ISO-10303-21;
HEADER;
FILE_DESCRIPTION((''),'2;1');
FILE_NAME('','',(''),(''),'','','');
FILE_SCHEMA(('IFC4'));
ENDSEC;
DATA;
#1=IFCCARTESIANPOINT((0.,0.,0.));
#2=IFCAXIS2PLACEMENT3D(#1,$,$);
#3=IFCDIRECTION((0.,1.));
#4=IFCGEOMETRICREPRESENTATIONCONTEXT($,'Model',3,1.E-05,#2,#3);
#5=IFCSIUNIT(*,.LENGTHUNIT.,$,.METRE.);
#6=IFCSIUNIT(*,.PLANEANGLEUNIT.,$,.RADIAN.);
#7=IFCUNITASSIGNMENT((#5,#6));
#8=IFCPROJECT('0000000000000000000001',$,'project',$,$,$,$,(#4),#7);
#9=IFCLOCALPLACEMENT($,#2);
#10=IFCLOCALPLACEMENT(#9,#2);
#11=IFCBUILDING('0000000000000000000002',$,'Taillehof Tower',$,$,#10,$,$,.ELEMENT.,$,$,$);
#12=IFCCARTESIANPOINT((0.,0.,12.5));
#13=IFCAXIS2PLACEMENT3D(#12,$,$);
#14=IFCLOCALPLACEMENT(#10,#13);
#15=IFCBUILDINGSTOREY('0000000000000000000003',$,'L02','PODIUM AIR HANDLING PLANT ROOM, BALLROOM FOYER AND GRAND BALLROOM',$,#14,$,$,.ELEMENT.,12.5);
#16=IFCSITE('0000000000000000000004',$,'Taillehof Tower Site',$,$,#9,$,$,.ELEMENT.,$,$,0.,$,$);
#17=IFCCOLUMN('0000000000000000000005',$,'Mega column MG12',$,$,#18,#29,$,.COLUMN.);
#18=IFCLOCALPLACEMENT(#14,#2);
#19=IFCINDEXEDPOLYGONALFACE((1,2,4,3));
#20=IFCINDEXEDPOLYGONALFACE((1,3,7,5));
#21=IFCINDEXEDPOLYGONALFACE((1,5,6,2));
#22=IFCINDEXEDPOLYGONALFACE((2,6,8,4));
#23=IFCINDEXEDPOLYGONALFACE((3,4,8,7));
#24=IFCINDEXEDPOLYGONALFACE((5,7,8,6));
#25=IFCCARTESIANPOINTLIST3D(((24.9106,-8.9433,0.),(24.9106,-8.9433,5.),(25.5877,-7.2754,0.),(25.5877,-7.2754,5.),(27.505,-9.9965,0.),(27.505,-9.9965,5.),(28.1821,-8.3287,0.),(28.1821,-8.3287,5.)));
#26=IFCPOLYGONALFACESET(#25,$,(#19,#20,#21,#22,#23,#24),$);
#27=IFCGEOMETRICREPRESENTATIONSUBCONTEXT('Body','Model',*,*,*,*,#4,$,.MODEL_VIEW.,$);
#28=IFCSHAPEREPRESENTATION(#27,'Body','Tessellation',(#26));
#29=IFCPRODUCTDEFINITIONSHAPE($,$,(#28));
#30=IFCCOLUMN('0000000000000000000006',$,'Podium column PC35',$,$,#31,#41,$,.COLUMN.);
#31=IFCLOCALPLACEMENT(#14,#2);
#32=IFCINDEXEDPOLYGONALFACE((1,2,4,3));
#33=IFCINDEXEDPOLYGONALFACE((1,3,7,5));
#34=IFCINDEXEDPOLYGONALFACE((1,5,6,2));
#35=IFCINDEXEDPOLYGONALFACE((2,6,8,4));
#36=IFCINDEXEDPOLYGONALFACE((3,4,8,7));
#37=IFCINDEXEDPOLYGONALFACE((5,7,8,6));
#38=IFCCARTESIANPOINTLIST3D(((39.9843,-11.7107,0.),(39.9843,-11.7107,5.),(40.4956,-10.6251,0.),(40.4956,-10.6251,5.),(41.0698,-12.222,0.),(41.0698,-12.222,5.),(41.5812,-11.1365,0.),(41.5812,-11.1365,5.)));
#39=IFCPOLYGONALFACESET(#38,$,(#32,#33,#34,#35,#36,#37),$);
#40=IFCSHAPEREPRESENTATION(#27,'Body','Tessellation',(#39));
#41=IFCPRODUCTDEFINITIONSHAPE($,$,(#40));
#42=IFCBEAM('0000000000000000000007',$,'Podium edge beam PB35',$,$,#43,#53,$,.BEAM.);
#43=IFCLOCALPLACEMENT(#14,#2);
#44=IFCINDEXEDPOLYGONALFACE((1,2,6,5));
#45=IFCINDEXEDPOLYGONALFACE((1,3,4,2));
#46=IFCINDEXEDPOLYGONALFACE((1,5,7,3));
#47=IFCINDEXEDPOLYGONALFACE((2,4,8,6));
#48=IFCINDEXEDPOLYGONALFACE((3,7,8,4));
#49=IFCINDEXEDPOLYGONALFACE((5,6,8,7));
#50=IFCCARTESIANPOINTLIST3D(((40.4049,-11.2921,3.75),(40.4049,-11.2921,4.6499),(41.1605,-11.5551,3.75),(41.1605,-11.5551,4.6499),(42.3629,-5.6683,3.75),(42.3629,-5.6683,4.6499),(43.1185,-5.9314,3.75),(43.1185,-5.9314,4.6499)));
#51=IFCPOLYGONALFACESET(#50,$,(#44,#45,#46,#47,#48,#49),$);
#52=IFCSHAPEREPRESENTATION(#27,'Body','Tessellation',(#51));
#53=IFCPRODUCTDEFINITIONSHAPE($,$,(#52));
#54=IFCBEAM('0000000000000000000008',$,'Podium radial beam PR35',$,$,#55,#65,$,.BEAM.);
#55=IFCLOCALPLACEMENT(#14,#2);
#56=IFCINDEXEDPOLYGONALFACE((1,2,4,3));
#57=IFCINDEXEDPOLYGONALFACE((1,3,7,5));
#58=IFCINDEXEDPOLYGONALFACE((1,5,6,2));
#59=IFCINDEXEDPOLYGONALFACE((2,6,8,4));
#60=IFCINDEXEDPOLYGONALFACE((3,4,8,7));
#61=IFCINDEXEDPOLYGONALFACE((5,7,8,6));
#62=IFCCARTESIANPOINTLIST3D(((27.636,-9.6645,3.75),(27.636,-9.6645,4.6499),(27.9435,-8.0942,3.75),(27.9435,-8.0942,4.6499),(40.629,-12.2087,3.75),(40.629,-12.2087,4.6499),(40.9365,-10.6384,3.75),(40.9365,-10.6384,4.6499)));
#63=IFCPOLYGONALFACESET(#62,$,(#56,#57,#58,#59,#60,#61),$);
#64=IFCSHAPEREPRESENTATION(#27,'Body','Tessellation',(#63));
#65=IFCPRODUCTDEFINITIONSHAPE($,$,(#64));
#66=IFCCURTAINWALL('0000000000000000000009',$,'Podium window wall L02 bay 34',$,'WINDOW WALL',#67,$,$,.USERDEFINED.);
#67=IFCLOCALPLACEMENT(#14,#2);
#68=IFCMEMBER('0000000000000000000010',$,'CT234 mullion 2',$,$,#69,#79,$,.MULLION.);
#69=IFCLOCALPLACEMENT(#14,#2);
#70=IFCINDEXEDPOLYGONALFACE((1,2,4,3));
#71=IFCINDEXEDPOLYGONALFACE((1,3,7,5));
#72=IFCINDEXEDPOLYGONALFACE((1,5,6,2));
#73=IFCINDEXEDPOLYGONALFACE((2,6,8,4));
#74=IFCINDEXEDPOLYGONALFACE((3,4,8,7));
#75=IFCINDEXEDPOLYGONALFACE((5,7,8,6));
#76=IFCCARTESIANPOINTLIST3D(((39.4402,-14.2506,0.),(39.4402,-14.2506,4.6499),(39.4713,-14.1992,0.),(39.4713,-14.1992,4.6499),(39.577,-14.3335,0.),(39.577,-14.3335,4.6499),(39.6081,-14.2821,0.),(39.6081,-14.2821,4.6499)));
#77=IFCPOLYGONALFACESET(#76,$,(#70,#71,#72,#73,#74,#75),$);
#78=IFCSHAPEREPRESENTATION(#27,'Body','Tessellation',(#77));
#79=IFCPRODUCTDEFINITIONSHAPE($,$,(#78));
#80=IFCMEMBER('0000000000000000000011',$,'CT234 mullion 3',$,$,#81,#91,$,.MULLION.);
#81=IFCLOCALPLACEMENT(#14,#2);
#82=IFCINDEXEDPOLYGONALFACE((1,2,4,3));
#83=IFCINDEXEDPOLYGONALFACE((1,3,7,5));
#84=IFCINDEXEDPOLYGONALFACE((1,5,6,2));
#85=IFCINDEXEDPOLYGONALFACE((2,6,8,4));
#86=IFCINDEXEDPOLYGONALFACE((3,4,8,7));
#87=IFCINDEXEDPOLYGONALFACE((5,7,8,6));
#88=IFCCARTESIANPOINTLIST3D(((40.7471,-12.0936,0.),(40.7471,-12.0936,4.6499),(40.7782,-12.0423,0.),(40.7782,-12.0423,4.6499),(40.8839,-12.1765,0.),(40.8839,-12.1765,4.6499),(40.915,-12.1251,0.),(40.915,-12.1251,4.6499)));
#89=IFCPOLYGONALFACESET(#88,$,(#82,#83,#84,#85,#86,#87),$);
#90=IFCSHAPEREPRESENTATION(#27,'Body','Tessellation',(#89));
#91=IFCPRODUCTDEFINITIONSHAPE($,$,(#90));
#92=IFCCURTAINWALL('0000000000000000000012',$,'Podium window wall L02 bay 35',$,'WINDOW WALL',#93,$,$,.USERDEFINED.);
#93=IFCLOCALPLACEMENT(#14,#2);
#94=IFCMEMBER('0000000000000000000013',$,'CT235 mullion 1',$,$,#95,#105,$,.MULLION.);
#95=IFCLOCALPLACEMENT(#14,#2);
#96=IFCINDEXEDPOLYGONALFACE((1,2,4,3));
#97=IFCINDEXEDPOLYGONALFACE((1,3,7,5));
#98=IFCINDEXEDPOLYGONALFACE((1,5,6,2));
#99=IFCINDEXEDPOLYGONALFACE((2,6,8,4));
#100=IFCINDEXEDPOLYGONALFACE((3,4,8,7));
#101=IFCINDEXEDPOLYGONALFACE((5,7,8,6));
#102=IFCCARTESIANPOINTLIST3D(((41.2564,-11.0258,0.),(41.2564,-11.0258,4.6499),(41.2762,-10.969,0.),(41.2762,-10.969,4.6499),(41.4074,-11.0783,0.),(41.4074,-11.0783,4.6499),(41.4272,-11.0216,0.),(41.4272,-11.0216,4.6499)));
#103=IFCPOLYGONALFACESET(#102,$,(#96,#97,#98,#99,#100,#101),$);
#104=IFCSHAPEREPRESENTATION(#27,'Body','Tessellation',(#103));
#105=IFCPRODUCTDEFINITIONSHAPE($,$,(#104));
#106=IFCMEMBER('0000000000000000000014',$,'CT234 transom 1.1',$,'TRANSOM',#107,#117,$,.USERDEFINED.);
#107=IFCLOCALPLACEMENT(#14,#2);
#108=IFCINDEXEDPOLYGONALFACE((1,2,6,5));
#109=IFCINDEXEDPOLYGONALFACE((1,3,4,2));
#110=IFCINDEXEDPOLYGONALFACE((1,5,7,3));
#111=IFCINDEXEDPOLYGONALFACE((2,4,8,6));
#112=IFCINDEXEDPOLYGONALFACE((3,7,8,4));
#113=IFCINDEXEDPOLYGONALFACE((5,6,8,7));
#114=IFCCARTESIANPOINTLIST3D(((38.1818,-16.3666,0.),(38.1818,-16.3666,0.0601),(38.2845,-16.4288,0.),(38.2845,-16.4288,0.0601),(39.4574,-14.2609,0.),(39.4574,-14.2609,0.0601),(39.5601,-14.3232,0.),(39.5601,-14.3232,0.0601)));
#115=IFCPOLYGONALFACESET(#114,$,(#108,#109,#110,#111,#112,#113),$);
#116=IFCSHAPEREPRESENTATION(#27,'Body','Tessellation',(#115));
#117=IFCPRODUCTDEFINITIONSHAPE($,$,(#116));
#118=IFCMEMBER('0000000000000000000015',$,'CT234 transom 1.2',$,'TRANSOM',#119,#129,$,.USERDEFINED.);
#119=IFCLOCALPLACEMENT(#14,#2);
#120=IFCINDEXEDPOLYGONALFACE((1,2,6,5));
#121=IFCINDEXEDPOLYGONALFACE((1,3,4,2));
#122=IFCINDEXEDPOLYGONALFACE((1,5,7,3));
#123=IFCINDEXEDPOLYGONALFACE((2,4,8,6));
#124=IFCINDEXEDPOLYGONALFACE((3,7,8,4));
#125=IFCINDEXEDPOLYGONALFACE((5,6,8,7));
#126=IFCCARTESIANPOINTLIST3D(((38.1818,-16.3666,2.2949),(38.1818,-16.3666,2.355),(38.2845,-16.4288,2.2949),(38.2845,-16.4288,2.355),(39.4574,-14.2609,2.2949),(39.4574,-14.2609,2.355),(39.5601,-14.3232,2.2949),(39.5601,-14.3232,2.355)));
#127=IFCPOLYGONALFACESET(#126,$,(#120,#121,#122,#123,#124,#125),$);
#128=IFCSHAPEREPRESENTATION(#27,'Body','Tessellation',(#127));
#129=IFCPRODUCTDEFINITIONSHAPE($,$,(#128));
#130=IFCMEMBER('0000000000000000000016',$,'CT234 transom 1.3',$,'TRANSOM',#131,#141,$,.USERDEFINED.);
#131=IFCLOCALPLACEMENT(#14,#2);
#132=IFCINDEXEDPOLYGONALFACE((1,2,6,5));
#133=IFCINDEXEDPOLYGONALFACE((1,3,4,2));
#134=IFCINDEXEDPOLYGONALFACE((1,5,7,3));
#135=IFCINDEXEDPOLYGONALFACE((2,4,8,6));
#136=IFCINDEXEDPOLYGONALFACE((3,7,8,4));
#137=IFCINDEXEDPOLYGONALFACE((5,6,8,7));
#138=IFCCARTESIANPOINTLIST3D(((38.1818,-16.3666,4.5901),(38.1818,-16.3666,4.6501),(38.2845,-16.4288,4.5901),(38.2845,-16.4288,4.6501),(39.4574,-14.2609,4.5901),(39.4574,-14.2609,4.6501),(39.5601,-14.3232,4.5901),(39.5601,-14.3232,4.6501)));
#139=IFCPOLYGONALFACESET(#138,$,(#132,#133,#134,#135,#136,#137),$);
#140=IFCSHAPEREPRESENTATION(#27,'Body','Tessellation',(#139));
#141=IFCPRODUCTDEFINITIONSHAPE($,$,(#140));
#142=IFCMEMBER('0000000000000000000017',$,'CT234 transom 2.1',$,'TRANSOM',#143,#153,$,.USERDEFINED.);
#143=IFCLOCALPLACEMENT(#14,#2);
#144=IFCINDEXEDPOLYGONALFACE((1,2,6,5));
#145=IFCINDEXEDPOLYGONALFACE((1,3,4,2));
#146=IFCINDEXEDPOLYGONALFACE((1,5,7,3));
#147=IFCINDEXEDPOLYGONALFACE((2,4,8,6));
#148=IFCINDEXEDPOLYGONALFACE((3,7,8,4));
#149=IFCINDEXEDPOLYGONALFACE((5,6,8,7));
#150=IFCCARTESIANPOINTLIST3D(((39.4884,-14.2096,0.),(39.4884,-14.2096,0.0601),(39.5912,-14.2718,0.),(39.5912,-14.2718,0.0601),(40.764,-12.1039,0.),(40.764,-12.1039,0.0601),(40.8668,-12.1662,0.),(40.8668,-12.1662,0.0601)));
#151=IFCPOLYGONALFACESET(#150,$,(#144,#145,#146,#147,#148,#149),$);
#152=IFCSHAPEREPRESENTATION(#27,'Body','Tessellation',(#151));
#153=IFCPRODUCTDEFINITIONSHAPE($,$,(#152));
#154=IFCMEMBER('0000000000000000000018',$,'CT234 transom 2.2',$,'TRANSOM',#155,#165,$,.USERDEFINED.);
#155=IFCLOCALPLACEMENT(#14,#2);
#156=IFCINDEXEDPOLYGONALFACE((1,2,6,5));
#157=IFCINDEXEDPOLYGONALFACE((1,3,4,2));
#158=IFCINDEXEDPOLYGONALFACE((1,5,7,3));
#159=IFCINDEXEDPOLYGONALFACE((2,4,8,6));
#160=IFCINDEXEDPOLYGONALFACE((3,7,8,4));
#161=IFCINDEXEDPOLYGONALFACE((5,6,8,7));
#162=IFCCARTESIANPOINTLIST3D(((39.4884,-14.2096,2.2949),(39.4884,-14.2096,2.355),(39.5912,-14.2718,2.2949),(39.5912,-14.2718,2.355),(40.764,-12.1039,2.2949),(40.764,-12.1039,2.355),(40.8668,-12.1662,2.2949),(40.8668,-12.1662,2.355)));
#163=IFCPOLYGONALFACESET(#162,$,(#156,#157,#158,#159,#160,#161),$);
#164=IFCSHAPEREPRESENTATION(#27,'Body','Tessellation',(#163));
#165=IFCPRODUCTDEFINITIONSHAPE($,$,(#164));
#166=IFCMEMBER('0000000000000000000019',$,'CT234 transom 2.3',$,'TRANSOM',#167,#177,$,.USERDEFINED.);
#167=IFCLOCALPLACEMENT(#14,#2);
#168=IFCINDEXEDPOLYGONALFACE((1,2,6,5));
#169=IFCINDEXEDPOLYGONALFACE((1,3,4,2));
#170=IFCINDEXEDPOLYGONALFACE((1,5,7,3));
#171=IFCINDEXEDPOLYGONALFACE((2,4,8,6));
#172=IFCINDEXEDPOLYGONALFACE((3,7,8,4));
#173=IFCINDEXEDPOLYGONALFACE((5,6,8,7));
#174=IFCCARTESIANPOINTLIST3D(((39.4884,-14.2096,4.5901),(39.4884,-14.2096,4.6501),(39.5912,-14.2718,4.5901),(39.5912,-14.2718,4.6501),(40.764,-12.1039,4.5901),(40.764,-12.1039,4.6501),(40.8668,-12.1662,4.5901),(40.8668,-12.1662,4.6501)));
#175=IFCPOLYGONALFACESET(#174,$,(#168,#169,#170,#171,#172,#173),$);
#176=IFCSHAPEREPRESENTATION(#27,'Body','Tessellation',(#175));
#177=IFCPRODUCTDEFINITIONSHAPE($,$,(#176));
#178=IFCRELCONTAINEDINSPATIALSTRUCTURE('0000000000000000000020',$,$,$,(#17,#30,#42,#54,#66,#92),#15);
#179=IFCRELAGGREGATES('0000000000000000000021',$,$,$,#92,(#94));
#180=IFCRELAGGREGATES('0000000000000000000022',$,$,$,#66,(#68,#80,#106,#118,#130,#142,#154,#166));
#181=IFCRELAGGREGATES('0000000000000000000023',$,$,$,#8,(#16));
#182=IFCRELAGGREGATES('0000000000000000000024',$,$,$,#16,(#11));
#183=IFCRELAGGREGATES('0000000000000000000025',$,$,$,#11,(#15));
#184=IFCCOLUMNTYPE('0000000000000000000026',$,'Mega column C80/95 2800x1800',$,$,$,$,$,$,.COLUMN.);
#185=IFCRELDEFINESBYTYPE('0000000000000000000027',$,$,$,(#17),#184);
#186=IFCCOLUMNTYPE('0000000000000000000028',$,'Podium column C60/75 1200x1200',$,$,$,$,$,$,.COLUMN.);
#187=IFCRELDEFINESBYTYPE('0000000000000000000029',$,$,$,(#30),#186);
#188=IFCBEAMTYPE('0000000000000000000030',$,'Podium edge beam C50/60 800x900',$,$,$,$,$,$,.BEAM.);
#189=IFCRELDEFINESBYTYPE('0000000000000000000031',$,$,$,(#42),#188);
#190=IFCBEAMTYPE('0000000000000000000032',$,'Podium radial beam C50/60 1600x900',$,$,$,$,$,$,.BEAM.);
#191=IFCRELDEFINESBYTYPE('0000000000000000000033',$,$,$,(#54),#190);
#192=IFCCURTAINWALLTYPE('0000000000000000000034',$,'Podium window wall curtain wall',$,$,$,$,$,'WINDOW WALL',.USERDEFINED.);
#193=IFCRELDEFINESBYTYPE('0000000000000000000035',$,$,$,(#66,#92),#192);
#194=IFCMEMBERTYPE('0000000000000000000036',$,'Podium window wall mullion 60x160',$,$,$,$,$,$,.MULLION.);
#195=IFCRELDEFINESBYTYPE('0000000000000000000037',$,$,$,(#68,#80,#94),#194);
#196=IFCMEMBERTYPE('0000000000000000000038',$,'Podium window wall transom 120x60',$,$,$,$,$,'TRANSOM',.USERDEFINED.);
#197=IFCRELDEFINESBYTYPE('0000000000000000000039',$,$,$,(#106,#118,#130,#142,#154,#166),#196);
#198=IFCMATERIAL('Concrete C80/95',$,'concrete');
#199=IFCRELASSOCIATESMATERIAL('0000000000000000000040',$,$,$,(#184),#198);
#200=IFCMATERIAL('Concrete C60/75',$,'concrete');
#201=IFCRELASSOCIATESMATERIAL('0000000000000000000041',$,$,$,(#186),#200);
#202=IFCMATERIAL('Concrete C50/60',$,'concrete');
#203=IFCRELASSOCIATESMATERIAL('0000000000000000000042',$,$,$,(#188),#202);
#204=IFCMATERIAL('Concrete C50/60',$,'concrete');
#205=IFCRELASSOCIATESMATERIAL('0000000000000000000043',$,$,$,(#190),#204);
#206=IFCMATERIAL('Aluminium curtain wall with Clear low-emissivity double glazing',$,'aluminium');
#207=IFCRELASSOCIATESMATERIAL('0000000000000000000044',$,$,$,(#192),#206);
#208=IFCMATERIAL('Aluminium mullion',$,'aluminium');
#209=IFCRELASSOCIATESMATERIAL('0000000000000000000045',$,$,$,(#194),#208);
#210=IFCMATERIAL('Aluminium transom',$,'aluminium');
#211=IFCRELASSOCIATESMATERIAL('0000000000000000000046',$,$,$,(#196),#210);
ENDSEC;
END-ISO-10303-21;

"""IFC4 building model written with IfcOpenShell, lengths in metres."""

from ifc_helpers import new_model, si_unit, direction, frame, origin, origin_2d, place, context, subcontext, project, spatial, rectangle, extrude, material, material_profile, profile_set, type_object, element, aggregate, save


model = new_model("IFC4")

# Units and contexts
model_context = context("Model", 3, precision=1e-05, world=origin(), true_north=direction((0.0, 1.0)))
body_context = subcontext(model_context, "Body", "Model", "MODEL_VIEW")
ifc_project = project(units=[si_unit("LENGTHUNIT", "METRE"), si_unit("PLANEANGLEUNIT", "RADIAN")], contexts=[model_context])

# Site, building, storey
site_placement = place(None, origin())
site = spatial("IfcSite", under=ifc_project, at=site_placement, Name="Taillehof Tower Site", CompositionType="ELEMENT", RefElevation=0.0)
building_placement = place(site_placement, origin())
building = spatial("IfcBuilding", under=site, at=building_placement, Name="Taillehof Tower", CompositionType="ELEMENT")
storey_placement = place(building_placement, frame((0.0, 0.0, 12.5)))
storey = spatial("IfcBuildingStorey", under=building, at=storey_placement, Name="L02", Description="PODIUM AIR HANDLING PLANT ROOM, BALLROOM FOYER AND GRAND BALLROOM", CompositionType="ELEMENT", Elevation=12.5)

# Columns
ifc_material_1 = material(Name="Concrete C80/95", Category="concrete")
ifc_material_profile_1 = material_profile(ifc_material_1, rectangle(XDim=2.8, YDim=1.8, at=origin_2d()), Name="RC 2800x1800")
ifc_profile_set_1 = profile_set([ifc_material_profile_1], Name="Concrete C80/95")
column_type_1 = type_object("IfcColumnType", Name="Mega column C80/95 2800x1800", PredefinedType="COLUMN", material=ifc_profile_set_1)
column_1_placement = place(storey_placement, frame((26.5464, -8.636, 0.0), z_axis=(0.0, 0.0, 1.0), x_axis=(0.926558, -0.376152, 0.0)))
element("IfcColumn", 1, at=column_1_placement, inside=storey, type_object=column_type_1, Name="Mega column MG12", PredefinedType="COLUMN", context=body_context, shape_type="SweptSolid", body=[
    extrude(rectangle(XDim=2.8, YDim=1.8, at=origin_2d()), origin(), (0.0, 0.0, 1.0), 5.0),
])
ifc_material_2 = material(Name="Concrete C60/75", Category="concrete")
ifc_material_profile_2 = material_profile(ifc_material_2, rectangle(XDim=1.2, YDim=1.2, at=origin_2d()), Name="RC 1200x1200")
ifc_profile_set_2 = profile_set([ifc_material_profile_2], Name="Concrete C60/75")
column_type_2 = type_object("IfcColumnType", Name="Podium column C60/75 1200x1200", PredefinedType="COLUMN", material=ifc_profile_set_2)
column_2_placement = place(storey_placement, frame((40.7827, -11.4236, 0.0), z_axis=(0.0, 0.0, 1.0), x_axis=(0.904668, -0.426117, 0.0)))
element("IfcColumn", 2, at=column_2_placement, inside=storey, type_object=column_type_2, Name="Podium column PC35", PredefinedType="COLUMN", context=body_context, shape_type="SweptSolid", body=[
    extrude(rectangle(XDim=1.2, YDim=1.2, at=origin_2d()), origin(), (0.0, 0.0, 1.0), 5.0),
])

# Beams
ifc_material_3 = material(Name="Concrete C50/60", Category="concrete")
ifc_material_profile_3 = material_profile(ifc_material_3, rectangle(XDim=0.8, YDim=0.8999, at=origin_2d()), Name="RC 800x900")
ifc_profile_set_3 = profile_set([ifc_material_profile_3], Name="Concrete C50/60")
beam_type_1 = type_object("IfcBeamType", Name="Podium edge beam C50/60 800x900", PredefinedType="BEAM", material=ifc_profile_set_3)
beam_1_placement = place(storey_placement, frame((40.7827, -11.4236, 4.2), z_axis=(0.328807, 0.944397, 0.0), x_axis=(-0.944397, 0.328807, 0.0)))
element("IfcBeam", 3, at=beam_1_placement, inside=storey, type_object=beam_type_1, Name="Podium edge beam PB35", PredefinedType="BEAM", context=body_context, shape_type="SweptSolid", body=[
    extrude(rectangle(XDim=0.8, YDim=0.8999, at=origin_2d()), origin(), (0.0, 0.0, 1.0), 5.9548),
])
ifc_material_4 = material(Name="Concrete C50/60", Category="concrete")
ifc_material_profile_4 = material_profile(ifc_material_4, rectangle(XDim=1.6001, YDim=0.8999, at=origin_2d()), Name="RC 1600x900")
ifc_profile_set_4 = profile_set([ifc_material_profile_4], Name="Concrete C50/60")
beam_type_2 = type_object("IfcBeamType", Name="Podium radial beam C50/60 1600x900", PredefinedType="BEAM", material=ifc_profile_set_4)
beam_2_placement = place(storey_placement, frame((40.7827, -11.4236, 4.2), z_axis=(-0.981363, 0.192164, 0.0), x_axis=(-0.192164, -0.981363, 0.0)))
element("IfcBeam", 4, at=beam_2_placement, inside=storey, type_object=beam_type_2, Name="Podium radial beam PR35", PredefinedType="BEAM", context=body_context, shape_type="SweptSolid", body=[
    extrude(rectangle(XDim=1.6001, YDim=0.8999, at=origin_2d()), origin(), (0.0, 0.0, 1.0), 13.2397),
])

# Curtain wall, members
ifc_material_5 = material(Name="Aluminium curtain wall with Clear low-emissivity double glazing", Category="aluminium")
curtain_wall_type = type_object("IfcCurtainWallType", Name="Podium window wall curtain wall", ElementType="WINDOW WALL", PredefinedType="USERDEFINED", material=ifc_material_5)
curtain_wall_1_placement = place(storey_placement, origin())
curtain_wall_1 = element("IfcCurtainWall", 5, at=curtain_wall_1_placement, inside=storey, type_object=curtain_wall_type, Name="Podium window wall L02 bay 34", ObjectType="WINDOW WALL", PredefinedType="USERDEFINED")
ifc_material_6 = material(Name="Aluminium mullion", Category="aluminium")
ifc_material_profile_5 = material_profile(ifc_material_6, rectangle(XDim=0.1599, YDim=0.0601, at=origin_2d()), Name="AL 60x160")
ifc_profile_set_5 = profile_set([ifc_material_profile_5], Name="Aluminium mullion")
member_type_1 = type_object("IfcMemberType", Name="Podium window wall mullion 60x160", PredefinedType="MULLION", material=ifc_profile_set_5)
member_1_placement = place(storey_placement, frame((39.5242, -14.2664, 0.0), z_axis=(0.0, 0.0, 1.0), x_axis=(-0.855289, 0.518151, 0.0)))
member_1 = element("IfcMember", 6, at=member_1_placement, type_object=member_type_1, Name="CT234 mullion 2", PredefinedType="MULLION", context=body_context, shape_type="SweptSolid", body=[
    extrude(rectangle(XDim=0.1599, YDim=0.0601, at=origin_2d()), origin(), (0.0, 0.0, 1.0), 4.6499),
])
member_2_placement = place(storey_placement, frame((40.8311, -12.1094, 0.0), z_axis=(0.0, 0.0, 1.0), x_axis=(-0.855289, 0.518151, 0.0)))
member_2 = element("IfcMember", 7, at=member_2_placement, type_object=member_type_1, Name="CT234 mullion 3", PredefinedType="MULLION", context=body_context, shape_type="SweptSolid", body=[
    extrude(rectangle(XDim=0.1599, YDim=0.0601, at=origin_2d()), origin(), (0.0, 0.0, 1.0), 4.6499),
])

# Curtain wall, member
curtain_wall_2_placement = place(storey_placement, origin())
curtain_wall_2 = element("IfcCurtainWall", 8, at=curtain_wall_2_placement, inside=storey, type_object=curtain_wall_type, Name="Podium window wall L02 bay 35", ObjectType="WINDOW WALL", PredefinedType="USERDEFINED")
member_3_placement = place(storey_placement, frame((41.3418, -11.0237, 0.0), z_axis=(0.0, 0.0, 1.0), x_axis=(-0.944414, 0.328758, 0.0)))
member_3 = element("IfcMember", 9, at=member_3_placement, type_object=member_type_1, Name="CT235 mullion 1", PredefinedType="MULLION", context=body_context, shape_type="SweptSolid", body=[
    extrude(rectangle(XDim=0.1599, YDim=0.0601, at=origin_2d()), origin(), (0.0, 0.0, 1.0), 4.6499),
])

# Members
ifc_material_7 = material(Name="Aluminium transom", Category="aluminium")
ifc_material_profile_6 = material_profile(ifc_material_7, rectangle(XDim=0.1201, YDim=0.0601, at=origin_2d()), Name="AL 120x60")
ifc_profile_set_6 = profile_set([ifc_material_profile_6], Name="Aluminium transom")
member_type_2 = type_object("IfcMemberType", Name="Podium window wall transom 120x60", ElementType="TRANSOM", PredefinedType="USERDEFINED", material=ifc_profile_set_6)
member_4_placement = place(storey_placement, frame((38.2332, -16.3977, 0.03), z_axis=(0.518137, 0.855298, 0.0), x_axis=(-0.855298, 0.518137, 0.0)))
member_4 = element("IfcMember", 10, at=member_4_placement, type_object=member_type_2, Name="CT234 transom 1.1", ObjectType="TRANSOM", PredefinedType="USERDEFINED", context=body_context, shape_type="SweptSolid", body=[
    extrude(rectangle(XDim=0.1201, YDim=0.0601, at=origin_2d()), origin(), (0.0, 0.0, 1.0), 2.4619),
])
member_5_placement = place(storey_placement, frame((38.2332, -16.3977, 2.325), z_axis=(0.518137, 0.855298, 0.0), x_axis=(-0.855298, 0.518137, 0.0)))
member_5 = element("IfcMember", 11, at=member_5_placement, type_object=member_type_2, Name="CT234 transom 1.2", ObjectType="TRANSOM", PredefinedType="USERDEFINED", context=body_context, shape_type="SweptSolid", body=[
    extrude(rectangle(XDim=0.1201, YDim=0.0601, at=origin_2d()), origin(), (0.0, 0.0, 1.0), 2.4619),
])
member_6_placement = place(storey_placement, frame((38.2332, -16.3977, 4.6201), z_axis=(0.518137, 0.855298, 0.0), x_axis=(-0.855298, 0.518137, 0.0)))
member_6 = element("IfcMember", 12, at=member_6_placement, type_object=member_type_2, Name="CT234 transom 1.3", ObjectType="TRANSOM", PredefinedType="USERDEFINED", context=body_context, shape_type="SweptSolid", body=[
    extrude(rectangle(XDim=0.1201, YDim=0.0601, at=origin_2d()), origin(), (0.0, 0.0, 1.0), 2.4619),
])
member_7_placement = place(storey_placement, frame((39.5398, -14.2407, 0.03), z_axis=(0.518137, 0.855298, 0.0), x_axis=(-0.855298, 0.518137, 0.0)))
member_7 = element("IfcMember", 13, at=member_7_placement, type_object=member_type_2, Name="CT234 transom 2.1", ObjectType="TRANSOM", PredefinedType="USERDEFINED", context=body_context, shape_type="SweptSolid", body=[
    extrude(rectangle(XDim=0.1201, YDim=0.0601, at=origin_2d()), origin(), (0.0, 0.0, 1.0), 2.4619),
])
member_8_placement = place(storey_placement, frame((39.5398, -14.2407, 2.325), z_axis=(0.518137, 0.855298, 0.0), x_axis=(-0.855298, 0.518137, 0.0)))
member_8 = element("IfcMember", 14, at=member_8_placement, type_object=member_type_2, Name="CT234 transom 2.2", ObjectType="TRANSOM", PredefinedType="USERDEFINED", context=body_context, shape_type="SweptSolid", body=[
    extrude(rectangle(XDim=0.1201, YDim=0.0601, at=origin_2d()), origin(), (0.0, 0.0, 1.0), 2.4619),
])
member_9_placement = place(storey_placement, frame((39.5398, -14.2407, 4.6201), z_axis=(0.518137, 0.855298, 0.0), x_axis=(-0.855298, 0.518137, 0.0)))
member_9 = element("IfcMember", 15, at=member_9_placement, type_object=member_type_2, Name="CT234 transom 2.3", ObjectType="TRANSOM", PredefinedType="USERDEFINED", context=body_context, shape_type="SweptSolid", body=[
    extrude(rectangle(XDim=0.1201, YDim=0.0601, at=origin_2d()), origin(), (0.0, 0.0, 1.0), 2.4619),
])
aggregate(curtain_wall_2, [member_3])

aggregate(curtain_wall_1, [member_1, member_2, member_4, member_5, member_6, member_7, member_8, member_9])

save(model, "model.ifc")
